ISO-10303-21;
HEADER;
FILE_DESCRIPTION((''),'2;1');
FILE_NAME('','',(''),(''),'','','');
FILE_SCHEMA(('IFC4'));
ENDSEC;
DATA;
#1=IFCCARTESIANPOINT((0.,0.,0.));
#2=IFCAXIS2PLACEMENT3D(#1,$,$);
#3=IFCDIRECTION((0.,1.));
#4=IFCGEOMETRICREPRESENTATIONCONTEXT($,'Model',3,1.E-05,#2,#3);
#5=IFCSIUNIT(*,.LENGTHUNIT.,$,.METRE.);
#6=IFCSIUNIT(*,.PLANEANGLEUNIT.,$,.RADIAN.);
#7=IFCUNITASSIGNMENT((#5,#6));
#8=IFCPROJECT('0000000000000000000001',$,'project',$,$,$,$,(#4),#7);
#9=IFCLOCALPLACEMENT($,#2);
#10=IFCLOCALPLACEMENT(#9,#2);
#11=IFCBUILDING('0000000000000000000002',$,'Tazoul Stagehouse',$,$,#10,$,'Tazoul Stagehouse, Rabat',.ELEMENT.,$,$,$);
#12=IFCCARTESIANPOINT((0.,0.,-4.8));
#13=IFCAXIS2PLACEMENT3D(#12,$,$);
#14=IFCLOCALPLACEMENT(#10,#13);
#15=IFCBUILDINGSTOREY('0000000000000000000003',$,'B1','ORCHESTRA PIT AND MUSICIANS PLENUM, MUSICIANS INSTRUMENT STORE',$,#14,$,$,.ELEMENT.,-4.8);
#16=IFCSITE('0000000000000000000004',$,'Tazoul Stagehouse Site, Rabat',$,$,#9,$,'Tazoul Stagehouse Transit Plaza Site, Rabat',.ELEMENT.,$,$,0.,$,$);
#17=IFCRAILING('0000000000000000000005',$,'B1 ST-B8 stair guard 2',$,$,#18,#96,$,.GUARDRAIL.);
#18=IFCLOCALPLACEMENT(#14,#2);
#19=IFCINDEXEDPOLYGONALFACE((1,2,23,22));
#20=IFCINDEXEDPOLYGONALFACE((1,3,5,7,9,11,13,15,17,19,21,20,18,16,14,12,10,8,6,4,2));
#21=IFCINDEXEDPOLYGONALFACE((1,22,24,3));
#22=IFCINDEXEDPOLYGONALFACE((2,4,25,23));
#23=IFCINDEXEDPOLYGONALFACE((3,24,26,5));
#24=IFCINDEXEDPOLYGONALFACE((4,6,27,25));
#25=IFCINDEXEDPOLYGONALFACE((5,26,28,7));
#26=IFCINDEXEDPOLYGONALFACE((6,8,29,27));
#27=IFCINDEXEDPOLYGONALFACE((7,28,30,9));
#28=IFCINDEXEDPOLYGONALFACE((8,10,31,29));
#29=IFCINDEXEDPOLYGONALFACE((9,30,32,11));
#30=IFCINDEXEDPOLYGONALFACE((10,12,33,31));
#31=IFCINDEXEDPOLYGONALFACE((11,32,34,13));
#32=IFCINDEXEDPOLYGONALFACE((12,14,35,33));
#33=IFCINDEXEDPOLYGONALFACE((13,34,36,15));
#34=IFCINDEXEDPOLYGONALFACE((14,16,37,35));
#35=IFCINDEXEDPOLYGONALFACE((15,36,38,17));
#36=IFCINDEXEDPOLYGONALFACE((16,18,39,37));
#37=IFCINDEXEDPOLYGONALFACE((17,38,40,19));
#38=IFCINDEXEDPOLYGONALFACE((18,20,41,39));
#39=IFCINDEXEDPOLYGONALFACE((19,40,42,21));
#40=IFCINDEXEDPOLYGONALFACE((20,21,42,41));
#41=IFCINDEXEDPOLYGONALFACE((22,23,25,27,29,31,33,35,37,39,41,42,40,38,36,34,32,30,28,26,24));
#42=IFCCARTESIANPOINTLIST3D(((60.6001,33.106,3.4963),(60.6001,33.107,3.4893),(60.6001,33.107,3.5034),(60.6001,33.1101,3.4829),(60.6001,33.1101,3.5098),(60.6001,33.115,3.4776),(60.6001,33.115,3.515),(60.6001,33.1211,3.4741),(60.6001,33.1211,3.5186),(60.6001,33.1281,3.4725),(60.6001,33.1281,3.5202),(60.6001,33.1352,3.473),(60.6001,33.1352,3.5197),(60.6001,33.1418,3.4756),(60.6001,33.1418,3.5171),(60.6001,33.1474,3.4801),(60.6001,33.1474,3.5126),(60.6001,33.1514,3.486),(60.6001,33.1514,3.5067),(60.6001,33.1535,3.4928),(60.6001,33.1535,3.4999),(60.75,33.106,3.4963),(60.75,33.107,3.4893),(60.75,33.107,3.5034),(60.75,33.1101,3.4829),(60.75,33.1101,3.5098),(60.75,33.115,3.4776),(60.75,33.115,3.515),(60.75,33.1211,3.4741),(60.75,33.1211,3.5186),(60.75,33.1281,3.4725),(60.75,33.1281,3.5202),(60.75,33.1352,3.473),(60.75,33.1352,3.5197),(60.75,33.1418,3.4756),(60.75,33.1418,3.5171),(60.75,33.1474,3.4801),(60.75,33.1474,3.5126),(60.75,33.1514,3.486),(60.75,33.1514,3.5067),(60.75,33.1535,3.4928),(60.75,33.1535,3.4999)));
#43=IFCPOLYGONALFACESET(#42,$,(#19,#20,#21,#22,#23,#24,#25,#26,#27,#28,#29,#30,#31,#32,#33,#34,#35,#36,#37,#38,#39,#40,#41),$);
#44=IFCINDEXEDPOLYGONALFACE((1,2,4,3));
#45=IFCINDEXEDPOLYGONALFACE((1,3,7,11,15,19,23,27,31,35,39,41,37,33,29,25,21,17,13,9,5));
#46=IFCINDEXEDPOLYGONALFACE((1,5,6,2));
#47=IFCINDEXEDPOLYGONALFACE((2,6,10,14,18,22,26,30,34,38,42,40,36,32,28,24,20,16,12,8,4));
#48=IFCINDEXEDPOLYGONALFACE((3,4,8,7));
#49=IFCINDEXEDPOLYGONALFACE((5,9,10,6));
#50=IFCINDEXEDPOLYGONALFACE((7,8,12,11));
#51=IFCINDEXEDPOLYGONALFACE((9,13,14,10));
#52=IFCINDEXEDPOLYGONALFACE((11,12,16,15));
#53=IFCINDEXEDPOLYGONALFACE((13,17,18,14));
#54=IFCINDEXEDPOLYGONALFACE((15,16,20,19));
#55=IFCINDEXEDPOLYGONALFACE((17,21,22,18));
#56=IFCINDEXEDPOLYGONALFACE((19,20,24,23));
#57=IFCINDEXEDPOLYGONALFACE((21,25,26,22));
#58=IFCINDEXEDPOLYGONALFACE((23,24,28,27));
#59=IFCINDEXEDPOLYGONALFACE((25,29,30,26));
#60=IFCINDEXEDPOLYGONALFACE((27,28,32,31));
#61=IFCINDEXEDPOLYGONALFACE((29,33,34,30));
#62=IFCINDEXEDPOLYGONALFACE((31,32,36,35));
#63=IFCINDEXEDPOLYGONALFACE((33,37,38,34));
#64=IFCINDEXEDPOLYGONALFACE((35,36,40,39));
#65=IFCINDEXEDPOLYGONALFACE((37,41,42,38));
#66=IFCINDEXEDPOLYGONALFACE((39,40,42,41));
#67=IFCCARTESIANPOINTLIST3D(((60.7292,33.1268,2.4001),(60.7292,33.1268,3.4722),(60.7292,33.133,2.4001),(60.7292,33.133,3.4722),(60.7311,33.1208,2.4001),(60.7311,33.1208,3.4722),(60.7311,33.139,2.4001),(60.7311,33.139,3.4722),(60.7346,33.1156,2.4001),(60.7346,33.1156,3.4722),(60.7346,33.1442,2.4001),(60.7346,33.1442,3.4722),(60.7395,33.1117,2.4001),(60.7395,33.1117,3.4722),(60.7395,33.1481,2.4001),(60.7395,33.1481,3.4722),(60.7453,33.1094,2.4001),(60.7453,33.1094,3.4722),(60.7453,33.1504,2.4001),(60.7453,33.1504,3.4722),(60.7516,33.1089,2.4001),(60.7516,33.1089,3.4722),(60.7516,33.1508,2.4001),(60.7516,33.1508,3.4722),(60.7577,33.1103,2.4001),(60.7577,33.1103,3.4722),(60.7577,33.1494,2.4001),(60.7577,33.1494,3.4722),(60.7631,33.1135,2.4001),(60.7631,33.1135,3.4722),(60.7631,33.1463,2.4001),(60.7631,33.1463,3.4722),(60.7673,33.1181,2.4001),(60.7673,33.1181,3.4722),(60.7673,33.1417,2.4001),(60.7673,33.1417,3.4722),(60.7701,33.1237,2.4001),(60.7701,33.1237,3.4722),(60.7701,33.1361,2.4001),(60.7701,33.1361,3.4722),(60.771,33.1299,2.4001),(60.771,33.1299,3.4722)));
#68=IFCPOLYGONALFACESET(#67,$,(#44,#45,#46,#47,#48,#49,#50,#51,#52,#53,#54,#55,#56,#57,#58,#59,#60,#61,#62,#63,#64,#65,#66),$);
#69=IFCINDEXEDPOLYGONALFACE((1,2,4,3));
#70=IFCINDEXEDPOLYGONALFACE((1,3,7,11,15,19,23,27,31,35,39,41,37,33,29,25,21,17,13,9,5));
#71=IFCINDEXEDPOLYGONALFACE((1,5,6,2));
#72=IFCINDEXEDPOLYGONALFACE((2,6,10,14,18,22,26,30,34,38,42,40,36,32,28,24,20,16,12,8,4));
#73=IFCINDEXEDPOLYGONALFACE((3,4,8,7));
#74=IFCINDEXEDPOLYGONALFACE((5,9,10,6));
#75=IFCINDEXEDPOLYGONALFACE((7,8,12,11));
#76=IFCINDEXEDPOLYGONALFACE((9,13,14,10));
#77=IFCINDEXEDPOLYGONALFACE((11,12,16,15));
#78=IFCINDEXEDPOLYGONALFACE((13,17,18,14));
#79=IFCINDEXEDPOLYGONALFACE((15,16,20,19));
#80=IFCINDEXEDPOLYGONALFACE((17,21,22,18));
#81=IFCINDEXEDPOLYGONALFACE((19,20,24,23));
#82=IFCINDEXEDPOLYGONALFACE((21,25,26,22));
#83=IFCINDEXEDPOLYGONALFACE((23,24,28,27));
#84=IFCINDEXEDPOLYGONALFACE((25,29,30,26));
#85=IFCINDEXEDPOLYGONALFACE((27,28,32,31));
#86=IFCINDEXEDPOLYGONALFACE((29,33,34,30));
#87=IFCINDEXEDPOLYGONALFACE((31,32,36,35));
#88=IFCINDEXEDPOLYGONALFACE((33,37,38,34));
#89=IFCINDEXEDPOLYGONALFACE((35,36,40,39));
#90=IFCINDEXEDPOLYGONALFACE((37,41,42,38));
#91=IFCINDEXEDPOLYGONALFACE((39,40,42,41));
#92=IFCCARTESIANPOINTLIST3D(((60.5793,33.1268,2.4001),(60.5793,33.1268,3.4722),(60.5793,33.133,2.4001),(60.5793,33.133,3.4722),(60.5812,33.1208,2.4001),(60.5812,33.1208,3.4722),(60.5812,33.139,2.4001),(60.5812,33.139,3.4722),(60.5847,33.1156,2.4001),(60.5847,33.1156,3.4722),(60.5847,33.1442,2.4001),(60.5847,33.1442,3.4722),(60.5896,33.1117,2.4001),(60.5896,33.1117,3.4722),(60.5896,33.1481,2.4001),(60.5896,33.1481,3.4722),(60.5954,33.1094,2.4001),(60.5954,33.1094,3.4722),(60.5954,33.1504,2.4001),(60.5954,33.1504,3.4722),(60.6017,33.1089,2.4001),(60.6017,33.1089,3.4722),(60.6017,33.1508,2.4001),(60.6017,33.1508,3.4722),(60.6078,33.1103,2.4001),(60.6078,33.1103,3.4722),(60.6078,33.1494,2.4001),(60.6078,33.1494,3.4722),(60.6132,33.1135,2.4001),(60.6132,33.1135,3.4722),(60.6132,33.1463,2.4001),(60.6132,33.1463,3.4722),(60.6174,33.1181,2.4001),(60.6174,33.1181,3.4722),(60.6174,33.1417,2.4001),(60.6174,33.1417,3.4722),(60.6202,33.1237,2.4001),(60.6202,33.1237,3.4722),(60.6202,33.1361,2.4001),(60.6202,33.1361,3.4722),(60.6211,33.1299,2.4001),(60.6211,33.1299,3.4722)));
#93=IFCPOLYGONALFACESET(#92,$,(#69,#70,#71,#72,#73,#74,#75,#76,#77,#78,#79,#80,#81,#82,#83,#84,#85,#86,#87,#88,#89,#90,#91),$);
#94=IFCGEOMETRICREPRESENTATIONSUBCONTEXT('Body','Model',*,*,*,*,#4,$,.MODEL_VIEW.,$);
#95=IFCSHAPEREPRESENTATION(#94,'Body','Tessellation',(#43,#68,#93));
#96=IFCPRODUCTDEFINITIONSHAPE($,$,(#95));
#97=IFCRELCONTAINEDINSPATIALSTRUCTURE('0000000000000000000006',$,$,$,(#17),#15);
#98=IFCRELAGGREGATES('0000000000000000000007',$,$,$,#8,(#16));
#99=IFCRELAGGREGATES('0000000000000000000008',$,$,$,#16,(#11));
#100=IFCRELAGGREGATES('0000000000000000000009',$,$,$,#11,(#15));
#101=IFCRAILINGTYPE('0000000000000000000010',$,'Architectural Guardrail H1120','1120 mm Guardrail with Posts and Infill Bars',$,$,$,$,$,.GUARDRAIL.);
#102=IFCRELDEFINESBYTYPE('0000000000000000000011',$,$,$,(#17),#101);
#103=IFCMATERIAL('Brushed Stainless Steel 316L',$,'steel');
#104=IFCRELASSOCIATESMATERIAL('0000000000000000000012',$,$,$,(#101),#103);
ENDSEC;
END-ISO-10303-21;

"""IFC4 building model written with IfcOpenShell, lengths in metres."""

from ifc_helpers import new_model, si_unit, direction, frame, origin, origin_2d, place, context, subcontext, project, spatial, circle, extrude, material, material_profile, profile_set, type_object, element, save


model = new_model("IFC4")

# Units and contexts
model_context = context("Model", 3, precision=1e-05, world=origin(), true_north=direction((0.0, 1.0)))
body_context = subcontext(model_context, "Body", "Model", "MODEL_VIEW")
ifc_project = project(units=[si_unit("LENGTHUNIT", "METRE"), si_unit("PLANEANGLEUNIT", "RADIAN")], contexts=[model_context])

# Site, building, storey
site_placement = place(None, origin())
site = spatial("IfcSite", under=ifc_project, at=site_placement, Name="Tazoul Stagehouse Site, Rabat", LongName="Tazoul Stagehouse Transit Plaza Site, Rabat", CompositionType="ELEMENT", RefElevation=0.0)
building_placement = place(site_placement, origin())
building = spatial("IfcBuilding", under=site, at=building_placement, Name="Tazoul Stagehouse", LongName="Tazoul Stagehouse, Rabat", CompositionType="ELEMENT")
storey_placement = place(building_placement, frame((0.0, 0.0, -4.8)))
storey = spatial("IfcBuildingStorey", under=building, at=storey_placement, Name="B1", Description="ORCHESTRA PIT AND MUSICIANS PLENUM, MUSICIANS INSTRUMENT STORE", CompositionType="ELEMENT", Elevation=-4.8)

# Railing
ifc_material_1 = material(Name="Brushed Stainless Steel 316L", Category="steel")
ifc_material_profile_1 = material_profile(ifc_material_1, circle(Radius=0.0239, at=origin_2d()), Name="SS RAIL D48")
ifc_profile_set_1 = profile_set([ifc_material_profile_1], Name="Brushed Stainless Steel 316L")
railing_type = type_object("IfcRailingType", Name="Architectural Guardrail H1120", Description="1120 mm Guardrail with Posts and Infill Bars", PredefinedType="GUARDRAIL", material=ifc_profile_set_1)
railing_1_placement = place(storey_placement, frame((60.75, 33.1299, 2.4001)))
element("IfcRailing", 1, at=railing_1_placement, inside=storey, type_object=railing_type, Name="B1 ST-B8 stair guard 2", PredefinedType="GUARDRAIL", context=body_context, shape_type="SweptSolid", body=[
    extrude(circle(Radius=0.0239, at=origin_2d()), frame((0.0, 0.0, 1.0962), z_axis=(-1.0, 0.0, 0.0), x_axis=(0.0, -1.0, 0.0)), (0.0, 0.0, 1.0), 0.1499),
    extrude(circle(Radius=0.021, at=origin_2d()), origin(), (0.0, 0.0, 1.0), 1.072),
    extrude(circle(Radius=0.021, at=origin_2d()), frame((-0.1499, 0.0, 0.0)), (0.0, 0.0, 1.0), 1.072),
])

save(model, "model.ifc")
